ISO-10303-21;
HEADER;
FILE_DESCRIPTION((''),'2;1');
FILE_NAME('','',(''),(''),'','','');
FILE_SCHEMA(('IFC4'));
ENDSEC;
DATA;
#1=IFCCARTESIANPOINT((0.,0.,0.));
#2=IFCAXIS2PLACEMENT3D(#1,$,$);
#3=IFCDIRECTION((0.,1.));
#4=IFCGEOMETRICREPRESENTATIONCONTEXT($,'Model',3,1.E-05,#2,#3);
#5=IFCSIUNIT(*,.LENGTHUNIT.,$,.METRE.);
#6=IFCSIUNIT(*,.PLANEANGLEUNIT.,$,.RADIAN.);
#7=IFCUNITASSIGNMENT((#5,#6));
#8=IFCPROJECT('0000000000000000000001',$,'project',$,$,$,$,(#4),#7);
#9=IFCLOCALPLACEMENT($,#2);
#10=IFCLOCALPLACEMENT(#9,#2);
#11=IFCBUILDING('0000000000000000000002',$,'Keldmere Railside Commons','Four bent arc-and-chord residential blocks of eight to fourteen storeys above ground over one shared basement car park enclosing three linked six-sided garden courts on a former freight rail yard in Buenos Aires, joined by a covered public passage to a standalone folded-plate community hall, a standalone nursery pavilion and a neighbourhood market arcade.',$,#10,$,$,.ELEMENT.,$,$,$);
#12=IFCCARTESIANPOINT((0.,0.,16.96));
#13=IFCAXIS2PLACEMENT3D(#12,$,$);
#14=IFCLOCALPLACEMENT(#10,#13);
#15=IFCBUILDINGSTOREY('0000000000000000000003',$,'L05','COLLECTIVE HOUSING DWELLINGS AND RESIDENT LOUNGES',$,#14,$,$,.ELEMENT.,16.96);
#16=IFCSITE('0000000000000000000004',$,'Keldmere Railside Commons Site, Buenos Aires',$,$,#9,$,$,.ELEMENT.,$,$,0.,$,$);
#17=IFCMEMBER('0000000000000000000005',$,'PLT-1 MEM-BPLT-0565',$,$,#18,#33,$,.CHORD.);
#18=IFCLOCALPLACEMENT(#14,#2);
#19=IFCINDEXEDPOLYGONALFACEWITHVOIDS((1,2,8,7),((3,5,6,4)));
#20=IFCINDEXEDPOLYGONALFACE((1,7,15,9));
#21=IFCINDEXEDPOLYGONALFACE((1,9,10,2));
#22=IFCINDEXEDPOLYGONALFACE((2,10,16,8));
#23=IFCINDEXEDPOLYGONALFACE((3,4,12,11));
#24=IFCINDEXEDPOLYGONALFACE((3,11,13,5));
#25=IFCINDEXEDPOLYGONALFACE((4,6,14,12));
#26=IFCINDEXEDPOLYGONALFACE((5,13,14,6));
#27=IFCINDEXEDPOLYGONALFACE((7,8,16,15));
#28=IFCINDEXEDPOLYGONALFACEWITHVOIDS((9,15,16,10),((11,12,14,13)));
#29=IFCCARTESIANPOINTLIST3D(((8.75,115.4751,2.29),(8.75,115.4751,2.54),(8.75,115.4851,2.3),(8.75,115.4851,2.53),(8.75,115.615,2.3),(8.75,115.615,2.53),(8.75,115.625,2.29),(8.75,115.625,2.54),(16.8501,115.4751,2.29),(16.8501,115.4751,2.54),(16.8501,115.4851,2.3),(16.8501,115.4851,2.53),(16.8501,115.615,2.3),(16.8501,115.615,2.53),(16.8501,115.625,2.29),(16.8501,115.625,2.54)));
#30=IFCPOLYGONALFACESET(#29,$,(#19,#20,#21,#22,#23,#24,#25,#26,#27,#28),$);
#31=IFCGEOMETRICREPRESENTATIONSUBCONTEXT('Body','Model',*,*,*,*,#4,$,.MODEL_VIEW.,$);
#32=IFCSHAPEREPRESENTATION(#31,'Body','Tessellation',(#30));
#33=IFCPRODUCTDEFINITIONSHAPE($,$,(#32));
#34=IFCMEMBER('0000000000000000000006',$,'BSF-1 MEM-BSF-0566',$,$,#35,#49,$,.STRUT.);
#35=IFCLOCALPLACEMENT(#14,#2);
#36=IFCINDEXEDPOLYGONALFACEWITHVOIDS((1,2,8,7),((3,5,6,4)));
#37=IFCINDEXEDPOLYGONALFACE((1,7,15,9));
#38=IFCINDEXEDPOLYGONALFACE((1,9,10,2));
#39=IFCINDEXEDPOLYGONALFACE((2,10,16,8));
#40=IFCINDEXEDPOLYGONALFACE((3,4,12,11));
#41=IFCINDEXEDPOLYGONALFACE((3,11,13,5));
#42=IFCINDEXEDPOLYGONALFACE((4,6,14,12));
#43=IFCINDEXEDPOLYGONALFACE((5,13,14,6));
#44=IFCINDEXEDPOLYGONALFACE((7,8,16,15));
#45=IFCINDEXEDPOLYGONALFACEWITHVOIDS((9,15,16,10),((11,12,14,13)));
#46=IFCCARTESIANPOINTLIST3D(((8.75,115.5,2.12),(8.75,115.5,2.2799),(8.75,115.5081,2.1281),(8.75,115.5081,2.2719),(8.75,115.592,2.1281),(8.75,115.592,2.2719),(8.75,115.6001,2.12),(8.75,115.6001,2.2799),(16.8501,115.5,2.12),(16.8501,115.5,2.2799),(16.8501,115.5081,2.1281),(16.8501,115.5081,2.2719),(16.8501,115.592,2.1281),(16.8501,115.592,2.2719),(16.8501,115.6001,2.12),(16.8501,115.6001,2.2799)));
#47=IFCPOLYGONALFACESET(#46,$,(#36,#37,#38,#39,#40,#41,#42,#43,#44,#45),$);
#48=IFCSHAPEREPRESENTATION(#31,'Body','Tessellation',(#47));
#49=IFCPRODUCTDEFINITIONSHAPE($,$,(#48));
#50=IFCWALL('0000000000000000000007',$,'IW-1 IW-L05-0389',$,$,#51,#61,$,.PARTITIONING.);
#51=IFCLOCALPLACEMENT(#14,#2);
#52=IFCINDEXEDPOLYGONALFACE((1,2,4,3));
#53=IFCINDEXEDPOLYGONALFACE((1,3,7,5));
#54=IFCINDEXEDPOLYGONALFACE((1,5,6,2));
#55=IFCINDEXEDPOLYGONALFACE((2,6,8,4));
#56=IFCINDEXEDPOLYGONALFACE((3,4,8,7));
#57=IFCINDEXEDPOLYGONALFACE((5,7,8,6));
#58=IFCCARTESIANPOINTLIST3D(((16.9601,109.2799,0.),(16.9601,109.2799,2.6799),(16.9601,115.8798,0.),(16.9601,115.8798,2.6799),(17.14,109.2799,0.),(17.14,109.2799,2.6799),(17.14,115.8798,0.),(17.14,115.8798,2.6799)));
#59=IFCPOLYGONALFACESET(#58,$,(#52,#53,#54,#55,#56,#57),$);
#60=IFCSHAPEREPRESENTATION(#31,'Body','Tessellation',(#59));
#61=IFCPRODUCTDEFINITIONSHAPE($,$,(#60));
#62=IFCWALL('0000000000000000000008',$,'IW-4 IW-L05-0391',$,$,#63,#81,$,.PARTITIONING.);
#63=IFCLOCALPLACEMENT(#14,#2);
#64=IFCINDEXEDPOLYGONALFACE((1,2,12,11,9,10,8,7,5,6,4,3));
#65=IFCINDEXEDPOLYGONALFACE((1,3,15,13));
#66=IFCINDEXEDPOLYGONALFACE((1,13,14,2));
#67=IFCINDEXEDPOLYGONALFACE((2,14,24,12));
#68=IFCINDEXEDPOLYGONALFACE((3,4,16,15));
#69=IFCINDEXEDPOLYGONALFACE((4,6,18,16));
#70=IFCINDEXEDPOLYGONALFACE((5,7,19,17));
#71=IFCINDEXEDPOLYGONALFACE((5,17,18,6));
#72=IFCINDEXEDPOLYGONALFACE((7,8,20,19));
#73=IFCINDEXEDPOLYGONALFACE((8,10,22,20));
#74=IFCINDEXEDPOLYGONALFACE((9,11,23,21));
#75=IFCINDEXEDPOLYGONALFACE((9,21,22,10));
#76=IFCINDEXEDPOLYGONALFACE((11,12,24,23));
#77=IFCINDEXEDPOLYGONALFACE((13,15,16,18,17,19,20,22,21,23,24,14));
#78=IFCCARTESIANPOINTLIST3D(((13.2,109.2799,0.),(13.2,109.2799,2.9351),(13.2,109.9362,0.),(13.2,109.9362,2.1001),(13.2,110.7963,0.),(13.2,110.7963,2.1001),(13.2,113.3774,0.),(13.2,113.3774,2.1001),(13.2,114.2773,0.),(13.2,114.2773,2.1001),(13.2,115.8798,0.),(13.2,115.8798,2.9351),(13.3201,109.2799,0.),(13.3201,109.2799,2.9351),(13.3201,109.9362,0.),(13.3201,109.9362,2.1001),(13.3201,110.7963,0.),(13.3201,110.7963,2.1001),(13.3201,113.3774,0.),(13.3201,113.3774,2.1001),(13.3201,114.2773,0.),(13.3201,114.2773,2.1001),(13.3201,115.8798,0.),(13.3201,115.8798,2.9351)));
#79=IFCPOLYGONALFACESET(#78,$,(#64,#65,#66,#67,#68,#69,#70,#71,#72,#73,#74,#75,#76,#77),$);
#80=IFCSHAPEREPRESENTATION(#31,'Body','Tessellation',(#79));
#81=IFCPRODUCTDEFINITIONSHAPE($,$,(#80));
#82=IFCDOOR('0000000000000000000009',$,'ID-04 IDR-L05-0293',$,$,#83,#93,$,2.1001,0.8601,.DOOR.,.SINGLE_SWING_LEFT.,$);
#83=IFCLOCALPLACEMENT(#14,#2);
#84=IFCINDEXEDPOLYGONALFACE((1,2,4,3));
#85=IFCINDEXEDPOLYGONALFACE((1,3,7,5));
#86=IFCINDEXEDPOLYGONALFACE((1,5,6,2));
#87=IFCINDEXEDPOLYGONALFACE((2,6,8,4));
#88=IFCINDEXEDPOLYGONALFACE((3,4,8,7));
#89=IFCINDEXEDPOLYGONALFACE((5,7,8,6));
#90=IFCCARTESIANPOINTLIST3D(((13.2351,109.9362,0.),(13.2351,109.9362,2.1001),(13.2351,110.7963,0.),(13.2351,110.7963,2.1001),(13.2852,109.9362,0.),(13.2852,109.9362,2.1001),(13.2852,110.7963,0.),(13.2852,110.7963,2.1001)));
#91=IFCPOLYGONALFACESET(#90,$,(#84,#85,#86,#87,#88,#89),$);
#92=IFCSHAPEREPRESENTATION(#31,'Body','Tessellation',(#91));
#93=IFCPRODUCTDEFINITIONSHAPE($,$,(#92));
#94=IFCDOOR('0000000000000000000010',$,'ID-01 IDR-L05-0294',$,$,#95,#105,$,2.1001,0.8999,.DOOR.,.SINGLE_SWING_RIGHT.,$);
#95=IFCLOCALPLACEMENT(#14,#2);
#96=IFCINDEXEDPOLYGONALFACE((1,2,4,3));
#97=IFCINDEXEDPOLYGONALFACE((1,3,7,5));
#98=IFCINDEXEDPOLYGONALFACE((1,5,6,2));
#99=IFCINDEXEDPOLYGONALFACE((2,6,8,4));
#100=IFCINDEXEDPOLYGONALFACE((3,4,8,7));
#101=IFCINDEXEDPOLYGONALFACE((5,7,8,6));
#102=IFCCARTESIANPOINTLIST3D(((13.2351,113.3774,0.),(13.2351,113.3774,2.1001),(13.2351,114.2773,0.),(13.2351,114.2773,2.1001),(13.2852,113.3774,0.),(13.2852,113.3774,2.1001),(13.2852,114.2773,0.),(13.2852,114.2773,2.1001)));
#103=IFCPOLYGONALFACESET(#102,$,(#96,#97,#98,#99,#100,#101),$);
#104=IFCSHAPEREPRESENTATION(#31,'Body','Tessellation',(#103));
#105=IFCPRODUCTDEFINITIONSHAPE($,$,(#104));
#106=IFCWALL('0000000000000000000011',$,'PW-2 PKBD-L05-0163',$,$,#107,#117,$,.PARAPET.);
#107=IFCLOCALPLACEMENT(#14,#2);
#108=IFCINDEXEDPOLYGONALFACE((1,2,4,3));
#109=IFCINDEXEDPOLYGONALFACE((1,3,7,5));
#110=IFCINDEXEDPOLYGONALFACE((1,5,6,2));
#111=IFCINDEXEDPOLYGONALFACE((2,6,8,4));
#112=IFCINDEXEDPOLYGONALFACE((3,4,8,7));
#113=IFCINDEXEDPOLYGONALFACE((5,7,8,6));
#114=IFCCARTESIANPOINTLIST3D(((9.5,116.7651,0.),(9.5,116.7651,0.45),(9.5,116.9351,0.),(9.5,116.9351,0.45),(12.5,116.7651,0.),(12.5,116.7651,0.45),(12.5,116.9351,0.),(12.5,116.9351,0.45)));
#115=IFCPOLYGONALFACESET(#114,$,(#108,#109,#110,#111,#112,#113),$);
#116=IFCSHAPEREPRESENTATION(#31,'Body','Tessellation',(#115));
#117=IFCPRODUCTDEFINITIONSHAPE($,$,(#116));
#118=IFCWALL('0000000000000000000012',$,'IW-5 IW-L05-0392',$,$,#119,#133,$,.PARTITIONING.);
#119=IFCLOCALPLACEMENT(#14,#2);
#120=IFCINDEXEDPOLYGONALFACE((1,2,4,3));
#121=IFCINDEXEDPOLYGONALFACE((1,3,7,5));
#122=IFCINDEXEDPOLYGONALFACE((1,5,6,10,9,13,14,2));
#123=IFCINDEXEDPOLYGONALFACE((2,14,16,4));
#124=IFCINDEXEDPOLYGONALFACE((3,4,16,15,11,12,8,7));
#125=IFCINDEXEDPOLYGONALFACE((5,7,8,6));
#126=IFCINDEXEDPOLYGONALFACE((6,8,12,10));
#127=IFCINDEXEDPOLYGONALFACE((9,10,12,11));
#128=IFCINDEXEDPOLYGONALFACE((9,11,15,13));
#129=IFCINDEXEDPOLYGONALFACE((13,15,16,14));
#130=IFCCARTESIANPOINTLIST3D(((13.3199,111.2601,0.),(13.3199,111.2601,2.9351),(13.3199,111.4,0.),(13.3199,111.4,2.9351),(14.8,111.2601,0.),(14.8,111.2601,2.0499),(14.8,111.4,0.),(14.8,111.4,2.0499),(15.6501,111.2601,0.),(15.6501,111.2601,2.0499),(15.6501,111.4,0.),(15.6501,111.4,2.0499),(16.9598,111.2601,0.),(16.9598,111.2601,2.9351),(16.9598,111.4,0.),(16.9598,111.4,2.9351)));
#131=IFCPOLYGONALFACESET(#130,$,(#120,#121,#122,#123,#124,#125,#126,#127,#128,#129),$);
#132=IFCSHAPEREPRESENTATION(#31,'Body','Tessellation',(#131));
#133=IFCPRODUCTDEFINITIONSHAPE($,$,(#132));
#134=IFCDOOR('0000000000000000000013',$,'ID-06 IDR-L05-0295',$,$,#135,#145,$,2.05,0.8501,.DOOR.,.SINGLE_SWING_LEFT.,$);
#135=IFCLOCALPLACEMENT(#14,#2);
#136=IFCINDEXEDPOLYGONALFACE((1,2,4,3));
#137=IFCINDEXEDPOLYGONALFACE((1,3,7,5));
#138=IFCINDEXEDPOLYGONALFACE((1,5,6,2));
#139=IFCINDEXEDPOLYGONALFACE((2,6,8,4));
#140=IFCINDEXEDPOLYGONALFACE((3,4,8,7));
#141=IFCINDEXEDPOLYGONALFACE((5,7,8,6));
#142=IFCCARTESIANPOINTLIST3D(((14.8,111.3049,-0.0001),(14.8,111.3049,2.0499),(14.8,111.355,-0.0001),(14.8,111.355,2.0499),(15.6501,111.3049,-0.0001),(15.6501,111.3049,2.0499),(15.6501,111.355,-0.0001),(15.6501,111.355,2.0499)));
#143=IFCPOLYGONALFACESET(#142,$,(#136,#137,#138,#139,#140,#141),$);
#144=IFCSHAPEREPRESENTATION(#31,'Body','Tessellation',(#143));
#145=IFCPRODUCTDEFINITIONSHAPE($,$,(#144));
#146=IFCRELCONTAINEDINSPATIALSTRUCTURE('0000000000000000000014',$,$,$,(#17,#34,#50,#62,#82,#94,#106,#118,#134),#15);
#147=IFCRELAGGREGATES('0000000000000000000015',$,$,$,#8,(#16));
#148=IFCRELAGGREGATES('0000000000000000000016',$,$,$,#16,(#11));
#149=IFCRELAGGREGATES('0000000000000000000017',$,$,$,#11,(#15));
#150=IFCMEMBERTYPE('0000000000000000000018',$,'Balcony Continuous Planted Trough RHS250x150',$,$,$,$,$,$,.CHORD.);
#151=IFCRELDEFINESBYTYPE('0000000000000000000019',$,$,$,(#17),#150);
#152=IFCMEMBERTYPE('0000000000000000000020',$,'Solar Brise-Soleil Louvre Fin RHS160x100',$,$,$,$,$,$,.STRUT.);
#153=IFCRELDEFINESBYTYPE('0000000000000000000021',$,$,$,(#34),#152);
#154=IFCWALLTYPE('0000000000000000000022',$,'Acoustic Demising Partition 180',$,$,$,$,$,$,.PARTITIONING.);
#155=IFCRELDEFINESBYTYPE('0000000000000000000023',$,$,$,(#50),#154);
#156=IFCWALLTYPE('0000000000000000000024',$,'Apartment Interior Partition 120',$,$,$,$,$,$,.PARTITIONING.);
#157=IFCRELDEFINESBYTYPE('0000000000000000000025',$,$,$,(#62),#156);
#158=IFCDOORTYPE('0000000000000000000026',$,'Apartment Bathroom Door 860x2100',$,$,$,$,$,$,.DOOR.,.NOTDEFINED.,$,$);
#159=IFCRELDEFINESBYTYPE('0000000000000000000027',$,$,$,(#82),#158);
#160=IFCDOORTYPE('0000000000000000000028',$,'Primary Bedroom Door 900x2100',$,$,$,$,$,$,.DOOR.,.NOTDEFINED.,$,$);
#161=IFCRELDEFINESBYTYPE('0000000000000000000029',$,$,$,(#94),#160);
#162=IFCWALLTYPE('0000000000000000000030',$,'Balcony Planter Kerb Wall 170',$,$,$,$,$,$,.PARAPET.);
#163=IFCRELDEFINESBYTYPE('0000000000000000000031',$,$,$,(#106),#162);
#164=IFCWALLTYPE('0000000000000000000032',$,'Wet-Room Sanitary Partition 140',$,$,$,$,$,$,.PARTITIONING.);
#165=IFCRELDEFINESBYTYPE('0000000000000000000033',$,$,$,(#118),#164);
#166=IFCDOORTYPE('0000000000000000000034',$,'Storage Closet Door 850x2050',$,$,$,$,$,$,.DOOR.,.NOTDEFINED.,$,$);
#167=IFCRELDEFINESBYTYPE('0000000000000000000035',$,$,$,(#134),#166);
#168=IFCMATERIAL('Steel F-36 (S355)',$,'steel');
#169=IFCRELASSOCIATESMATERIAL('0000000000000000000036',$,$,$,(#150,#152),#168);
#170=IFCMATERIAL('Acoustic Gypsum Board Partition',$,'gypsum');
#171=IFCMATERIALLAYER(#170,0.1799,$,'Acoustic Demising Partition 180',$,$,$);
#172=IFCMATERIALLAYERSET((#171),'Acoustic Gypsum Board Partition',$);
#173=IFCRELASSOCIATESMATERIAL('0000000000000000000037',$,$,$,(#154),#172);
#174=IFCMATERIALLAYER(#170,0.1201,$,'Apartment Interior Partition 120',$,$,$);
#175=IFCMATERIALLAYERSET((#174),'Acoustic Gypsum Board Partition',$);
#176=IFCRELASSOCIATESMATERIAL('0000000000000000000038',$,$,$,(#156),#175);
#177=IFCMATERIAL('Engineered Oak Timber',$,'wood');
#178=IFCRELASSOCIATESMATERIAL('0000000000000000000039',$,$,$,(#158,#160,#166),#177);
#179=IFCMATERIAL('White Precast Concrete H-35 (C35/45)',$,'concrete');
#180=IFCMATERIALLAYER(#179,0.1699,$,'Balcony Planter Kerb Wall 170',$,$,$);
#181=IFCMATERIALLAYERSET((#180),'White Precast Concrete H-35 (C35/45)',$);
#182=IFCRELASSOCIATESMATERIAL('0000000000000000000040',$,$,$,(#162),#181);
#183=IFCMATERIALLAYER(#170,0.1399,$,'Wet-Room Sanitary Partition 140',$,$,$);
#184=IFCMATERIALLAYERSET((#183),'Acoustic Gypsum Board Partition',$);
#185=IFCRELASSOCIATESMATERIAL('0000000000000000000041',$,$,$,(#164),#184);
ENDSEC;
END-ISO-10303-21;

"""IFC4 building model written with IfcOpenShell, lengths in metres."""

from ifc_helpers import new_model, si_unit, direction, frame, frame_2d, origin, origin_2d, place, context, subcontext, project, spatial, rectangle, hollow_rectangle, extrude, material, layer, layer_set, material_profile, profile_set, type_object, element, fill, save


model = new_model("IFC4")

# Units and contexts
model_context = context("Model", 3, precision=1e-05, world=origin(), true_north=direction((0.0, 1.0)))
body_context = subcontext(model_context, "Body", "Model", "MODEL_VIEW")
ifc_project = project(units=[si_unit("LENGTHUNIT", "METRE"), si_unit("PLANEANGLEUNIT", "RADIAN")], contexts=[model_context])

# Site, building, storey
site_placement = place(None, origin())
site = spatial("IfcSite", under=ifc_project, at=site_placement, Name="Keldmere Railside Commons Site, Buenos Aires", CompositionType="ELEMENT", RefElevation=0.0)
building_placement = place(site_placement, origin())
building = spatial("IfcBuilding", under=site, at=building_placement, Name="Keldmere Railside Commons", Description="Four bent arc-and-chord residential blocks of eight to fourteen storeys above ground over one shared basement car park enclosing three linked six-sided garden courts on a former freight rail yard in Buenos Aires, joined by a covered public passage to a standalone folded-plate community hall, a standalone nursery pavilion and a neighbourhood market arcade.", CompositionType="ELEMENT")
storey_placement = place(building_placement, frame((0.0, 0.0, 16.96)))
storey = spatial("IfcBuildingStorey", under=building, at=storey_placement, Name="L05", Description="COLLECTIVE HOUSING DWELLINGS AND RESIDENT LOUNGES", CompositionType="ELEMENT", Elevation=16.96)

# Members
ifc_material_1 = material(Name="Steel F-36 (S355)", Category="steel")
ifc_material_profile_1 = material_profile(ifc_material_1, hollow_rectangle(XDim=0.1499, YDim=0.25, WallThickness=0.01, at=origin_2d()), Name="RHS-250x150x10")
ifc_profile_set_1 = profile_set([ifc_material_profile_1], Name="Steel F-36 (S355)")
member_type_1 = type_object("IfcMemberType", Name="Balcony Continuous Planted Trough RHS250x150", PredefinedType="CHORD", material=ifc_profile_set_1)
member_1_placement = place(storey_placement, frame((8.75, 115.55, 2.415), z_axis=(1.0, 0.0, 0.0), x_axis=(0.0, 1.0, 0.0)))
element("IfcMember", 1, at=member_1_placement, inside=storey, type_object=member_type_1, Name="PLT-1 MEM-BPLT-0565", PredefinedType="CHORD", context=body_context, shape_type="SweptSolid", body=[
    extrude(hollow_rectangle(XDim=0.1499, YDim=0.25, WallThickness=0.01, at=origin_2d()), origin(), (0.0, 0.0, 1.0), 8.1001),
])
ifc_material_profile_2 = material_profile(ifc_material_1, hollow_rectangle(XDim=0.1001, YDim=0.1599, WallThickness=0.0081, at=origin_2d()), Name="RHS-160x100x8")
ifc_profile_set_2 = profile_set([ifc_material_profile_2], Name="Steel F-36 (S355)")
member_type_2 = type_object("IfcMemberType", Name="Solar Brise-Soleil Louvre Fin RHS160x100", PredefinedType="STRUT", material=ifc_profile_set_2)
member_2_placement = place(storey_placement, frame((8.75, 115.55, 2.2), z_axis=(1.0, 0.0, 0.0), x_axis=(0.0, 1.0, 0.0)))
element("IfcMember", 2, at=member_2_placement, inside=storey, type_object=member_type_2, Name="BSF-1 MEM-BSF-0566", PredefinedType="STRUT", context=body_context, shape_type="SweptSolid", body=[
    extrude(hollow_rectangle(XDim=0.1001, YDim=0.1599, WallThickness=0.0081, at=origin_2d()), origin(), (0.0, 0.0, 1.0), 8.1001),
])

# Wall
ifc_material_2 = material(Name="Acoustic Gypsum Board Partition", Category="gypsum")
ifc_layer_1 = layer(ifc_material_2, 0.1799, Name="Acoustic Demising Partition 180")
ifc_layer_set_1 = layer_set([ifc_layer_1], Name="Acoustic Gypsum Board Partition")
wall_type_1 = type_object("IfcWallType", Name="Acoustic Demising Partition 180", PredefinedType="PARTITIONING", material=ifc_layer_set_1)
wall_1_placement = place(storey_placement, frame((17.05, 109.28, 0.0), z_axis=(0.0, 0.0, 1.0), x_axis=(0.0, 1.0, 0.0)))
element("IfcWall", 3, at=wall_1_placement, inside=storey, type_object=wall_type_1, Name="IW-1 IW-L05-0389", PredefinedType="PARTITIONING", context=body_context, shape_type="SweptSolid", body=[
    extrude(rectangle(XDim=6.5999, YDim=0.1799, at=frame_2d((3.2998, 0.0))), origin(), (0.0, 0.0, 1.0), 2.6799),
])

# Wall, openings, doors
ifc_layer_2 = layer(ifc_material_2, 0.1201, Name="Apartment Interior Partition 120")
ifc_layer_set_2 = layer_set([ifc_layer_2], Name="Acoustic Gypsum Board Partition")
wall_type_2 = type_object("IfcWallType", Name="Apartment Interior Partition 120", PredefinedType="PARTITIONING", material=ifc_layer_set_2)
wall_2_placement = place(storey_placement, frame((13.26, 109.28, 0.0), z_axis=(0.0, 0.0, 1.0), x_axis=(0.0, 1.0, 0.0)))
wall_2 = element("IfcWall", 4, at=wall_2_placement, inside=storey, type_object=wall_type_2, Name="IW-4 IW-L05-0391", PredefinedType="PARTITIONING", context=body_context, shape_type="SweptSolid", body=[
    extrude(rectangle(XDim=6.5999, YDim=0.1201, at=frame_2d((3.2998, 0.0))), origin(), (0.0, 0.0, 1.0), 2.9351),
])
opening_1_placement = place(wall_2_placement, frame((0.656, 0.0, 0.0)))
opening_1 = element("IfcOpeningElement", 5, at=opening_1_placement, cuts=wall_2, PredefinedType="OPENING", context=body_context, shape_type="SweptSolid", body=[
    extrude(rectangle(XDim=0.8601, YDim=2.1001, at=frame_2d((0.4302, 1.05))), frame((0.0, 0.0701, 0.0), z_axis=(0.0, -1.0, 0.0), x_axis=(1.0, 0.0, 0.0)), (0.0, 0.0, 1.0), 0.1401),
])
opening_2_placement = place(wall_2_placement, frame((4.0974, 0.0, 0.0)))
opening_2 = element("IfcOpeningElement", 6, at=opening_2_placement, cuts=wall_2, PredefinedType="OPENING", context=body_context, shape_type="SweptSolid", body=[
    extrude(rectangle(XDim=0.8999, YDim=2.1001, at=frame_2d((0.45, 1.05))), frame((0.0, 0.0701, 0.0), z_axis=(0.0, -1.0, 0.0), x_axis=(1.0, 0.0, 0.0)), (0.0, 0.0, 1.0), 0.1401),
])
ifc_material_3 = material(Name="Engineered Oak Timber", Category="wood")
door_type_1 = type_object("IfcDoorType", Name="Apartment Bathroom Door 860x2100", OperationType="NOTDEFINED", PredefinedType="DOOR", material=ifc_material_3)
door_1_placement = place(opening_1_placement, origin())
door_1 = element("IfcDoor", 7, at=door_1_placement, inside=storey, type_object=door_type_1, Name="ID-04 IDR-L05-0293", OperationType="SINGLE_SWING_LEFT", OverallHeight=2.1001, OverallWidth=0.8601, PredefinedType="DOOR", context=body_context, shape_type="SweptSolid", body=[
    extrude(rectangle(XDim=0.8601, YDim=2.1001, at=frame_2d((0.4302, 1.05))), frame((0.0, 0.0249, 0.0), z_axis=(0.0, -1.0, 0.0), x_axis=(1.0, 0.0, 0.0)), (0.0, 0.0, 1.0), 0.05),
])
fill(opening_1, door_1)
door_type_2 = type_object("IfcDoorType", Name="Primary Bedroom Door 900x2100", OperationType="NOTDEFINED", PredefinedType="DOOR", material=ifc_material_3)
door_2_placement = place(opening_2_placement, origin())
door_2 = element("IfcDoor", 8, at=door_2_placement, inside=storey, type_object=door_type_2, Name="ID-01 IDR-L05-0294", OperationType="SINGLE_SWING_RIGHT", OverallHeight=2.1001, OverallWidth=0.8999, PredefinedType="DOOR", context=body_context, shape_type="SweptSolid", body=[
    extrude(rectangle(XDim=0.8999, YDim=2.1001, at=frame_2d((0.45, 1.05))), frame((0.0, 0.0249, 0.0), z_axis=(0.0, -1.0, 0.0), x_axis=(1.0, 0.0, 0.0)), (0.0, 0.0, 1.0), 0.05),
])
fill(opening_2, door_2)

# Wall
ifc_material_4 = material(Name="White Precast Concrete H-35 (C35/45)", Category="concrete")
ifc_layer_3 = layer(ifc_material_4, 0.1699, Name="Balcony Planter Kerb Wall 170")
ifc_layer_set_3 = layer_set([ifc_layer_3], Name="White Precast Concrete H-35 (C35/45)")
wall_type_3 = type_object("IfcWallType", Name="Balcony Planter Kerb Wall 170", PredefinedType="PARAPET", material=ifc_layer_set_3)
wall_3_placement = place(storey_placement, frame((9.5, 116.8501, 0.0), z_axis=(0.0, 0.0, 1.0), x_axis=(1.0, 0.0, 0.0)))
element("IfcWall", 9, at=wall_3_placement, inside=storey, type_object=wall_type_3, Name="PW-2 PKBD-L05-0163", PredefinedType="PARAPET", context=body_context, shape_type="SweptSolid", body=[
    extrude(rectangle(XDim=3.0, YDim=0.1699, at=frame_2d((1.5, 0.0))), origin(), (0.0, 0.0, 1.0), 0.45),
])

# Wall, opening, door
ifc_layer_4 = layer(ifc_material_2, 0.1399, Name="Wet-Room Sanitary Partition 140")
ifc_layer_set_4 = layer_set([ifc_layer_4], Name="Acoustic Gypsum Board Partition")
wall_type_4 = type_object("IfcWallType", Name="Wet-Room Sanitary Partition 140", PredefinedType="PARTITIONING", material=ifc_layer_set_4)
wall_4_placement = place(storey_placement, frame((13.3201, 111.3301, 0.0), z_axis=(0.0, 0.0, 1.0), x_axis=(1.0, 0.0, 0.0)))
wall_4 = element("IfcWall", 10, at=wall_4_placement, inside=storey, type_object=wall_type_4, Name="IW-5 IW-L05-0392", PredefinedType="PARTITIONING", context=body_context, shape_type="SweptSolid", body=[
    extrude(rectangle(XDim=3.6399, YDim=0.1399, at=frame_2d((1.8198, 0.0))), origin(), (0.0, 0.0, 1.0), 2.9351),
])
opening_3_placement = place(wall_4_placement, frame((1.48, 0.0, 0.0)))
opening_3 = element("IfcOpeningElement", 11, at=opening_3_placement, cuts=wall_4, PredefinedType="OPENING", context=body_context, shape_type="SweptSolid", body=[
    extrude(rectangle(XDim=0.8501, YDim=2.05, at=frame_2d((0.425, 1.0249))), frame((0.0, 0.0798, 0.0), z_axis=(0.0, -1.0, 0.0), x_axis=(1.0, 0.0, 0.0)), (0.0, 0.0, 1.0), 0.1599),
])
door_type_3 = type_object("IfcDoorType", Name="Storage Closet Door 850x2050", OperationType="NOTDEFINED", PredefinedType="DOOR", material=ifc_material_3)
door_3_placement = place(opening_3_placement, origin())
door_3 = element("IfcDoor", 12, at=door_3_placement, inside=storey, type_object=door_type_3, Name="ID-06 IDR-L05-0295", OperationType="SINGLE_SWING_LEFT", OverallHeight=2.05, OverallWidth=0.8501, PredefinedType="DOOR", context=body_context, shape_type="SweptSolid", body=[
    extrude(rectangle(XDim=0.8501, YDim=2.05, at=frame_2d((0.425, 1.0249))), frame((0.0, 0.0249, 0.0), z_axis=(0.0, -1.0, 0.0), x_axis=(1.0, 0.0, 0.0)), (0.0, 0.0, 1.0), 0.05),
])
fill(opening_3, door_3)

save(model, "model.ifc")
